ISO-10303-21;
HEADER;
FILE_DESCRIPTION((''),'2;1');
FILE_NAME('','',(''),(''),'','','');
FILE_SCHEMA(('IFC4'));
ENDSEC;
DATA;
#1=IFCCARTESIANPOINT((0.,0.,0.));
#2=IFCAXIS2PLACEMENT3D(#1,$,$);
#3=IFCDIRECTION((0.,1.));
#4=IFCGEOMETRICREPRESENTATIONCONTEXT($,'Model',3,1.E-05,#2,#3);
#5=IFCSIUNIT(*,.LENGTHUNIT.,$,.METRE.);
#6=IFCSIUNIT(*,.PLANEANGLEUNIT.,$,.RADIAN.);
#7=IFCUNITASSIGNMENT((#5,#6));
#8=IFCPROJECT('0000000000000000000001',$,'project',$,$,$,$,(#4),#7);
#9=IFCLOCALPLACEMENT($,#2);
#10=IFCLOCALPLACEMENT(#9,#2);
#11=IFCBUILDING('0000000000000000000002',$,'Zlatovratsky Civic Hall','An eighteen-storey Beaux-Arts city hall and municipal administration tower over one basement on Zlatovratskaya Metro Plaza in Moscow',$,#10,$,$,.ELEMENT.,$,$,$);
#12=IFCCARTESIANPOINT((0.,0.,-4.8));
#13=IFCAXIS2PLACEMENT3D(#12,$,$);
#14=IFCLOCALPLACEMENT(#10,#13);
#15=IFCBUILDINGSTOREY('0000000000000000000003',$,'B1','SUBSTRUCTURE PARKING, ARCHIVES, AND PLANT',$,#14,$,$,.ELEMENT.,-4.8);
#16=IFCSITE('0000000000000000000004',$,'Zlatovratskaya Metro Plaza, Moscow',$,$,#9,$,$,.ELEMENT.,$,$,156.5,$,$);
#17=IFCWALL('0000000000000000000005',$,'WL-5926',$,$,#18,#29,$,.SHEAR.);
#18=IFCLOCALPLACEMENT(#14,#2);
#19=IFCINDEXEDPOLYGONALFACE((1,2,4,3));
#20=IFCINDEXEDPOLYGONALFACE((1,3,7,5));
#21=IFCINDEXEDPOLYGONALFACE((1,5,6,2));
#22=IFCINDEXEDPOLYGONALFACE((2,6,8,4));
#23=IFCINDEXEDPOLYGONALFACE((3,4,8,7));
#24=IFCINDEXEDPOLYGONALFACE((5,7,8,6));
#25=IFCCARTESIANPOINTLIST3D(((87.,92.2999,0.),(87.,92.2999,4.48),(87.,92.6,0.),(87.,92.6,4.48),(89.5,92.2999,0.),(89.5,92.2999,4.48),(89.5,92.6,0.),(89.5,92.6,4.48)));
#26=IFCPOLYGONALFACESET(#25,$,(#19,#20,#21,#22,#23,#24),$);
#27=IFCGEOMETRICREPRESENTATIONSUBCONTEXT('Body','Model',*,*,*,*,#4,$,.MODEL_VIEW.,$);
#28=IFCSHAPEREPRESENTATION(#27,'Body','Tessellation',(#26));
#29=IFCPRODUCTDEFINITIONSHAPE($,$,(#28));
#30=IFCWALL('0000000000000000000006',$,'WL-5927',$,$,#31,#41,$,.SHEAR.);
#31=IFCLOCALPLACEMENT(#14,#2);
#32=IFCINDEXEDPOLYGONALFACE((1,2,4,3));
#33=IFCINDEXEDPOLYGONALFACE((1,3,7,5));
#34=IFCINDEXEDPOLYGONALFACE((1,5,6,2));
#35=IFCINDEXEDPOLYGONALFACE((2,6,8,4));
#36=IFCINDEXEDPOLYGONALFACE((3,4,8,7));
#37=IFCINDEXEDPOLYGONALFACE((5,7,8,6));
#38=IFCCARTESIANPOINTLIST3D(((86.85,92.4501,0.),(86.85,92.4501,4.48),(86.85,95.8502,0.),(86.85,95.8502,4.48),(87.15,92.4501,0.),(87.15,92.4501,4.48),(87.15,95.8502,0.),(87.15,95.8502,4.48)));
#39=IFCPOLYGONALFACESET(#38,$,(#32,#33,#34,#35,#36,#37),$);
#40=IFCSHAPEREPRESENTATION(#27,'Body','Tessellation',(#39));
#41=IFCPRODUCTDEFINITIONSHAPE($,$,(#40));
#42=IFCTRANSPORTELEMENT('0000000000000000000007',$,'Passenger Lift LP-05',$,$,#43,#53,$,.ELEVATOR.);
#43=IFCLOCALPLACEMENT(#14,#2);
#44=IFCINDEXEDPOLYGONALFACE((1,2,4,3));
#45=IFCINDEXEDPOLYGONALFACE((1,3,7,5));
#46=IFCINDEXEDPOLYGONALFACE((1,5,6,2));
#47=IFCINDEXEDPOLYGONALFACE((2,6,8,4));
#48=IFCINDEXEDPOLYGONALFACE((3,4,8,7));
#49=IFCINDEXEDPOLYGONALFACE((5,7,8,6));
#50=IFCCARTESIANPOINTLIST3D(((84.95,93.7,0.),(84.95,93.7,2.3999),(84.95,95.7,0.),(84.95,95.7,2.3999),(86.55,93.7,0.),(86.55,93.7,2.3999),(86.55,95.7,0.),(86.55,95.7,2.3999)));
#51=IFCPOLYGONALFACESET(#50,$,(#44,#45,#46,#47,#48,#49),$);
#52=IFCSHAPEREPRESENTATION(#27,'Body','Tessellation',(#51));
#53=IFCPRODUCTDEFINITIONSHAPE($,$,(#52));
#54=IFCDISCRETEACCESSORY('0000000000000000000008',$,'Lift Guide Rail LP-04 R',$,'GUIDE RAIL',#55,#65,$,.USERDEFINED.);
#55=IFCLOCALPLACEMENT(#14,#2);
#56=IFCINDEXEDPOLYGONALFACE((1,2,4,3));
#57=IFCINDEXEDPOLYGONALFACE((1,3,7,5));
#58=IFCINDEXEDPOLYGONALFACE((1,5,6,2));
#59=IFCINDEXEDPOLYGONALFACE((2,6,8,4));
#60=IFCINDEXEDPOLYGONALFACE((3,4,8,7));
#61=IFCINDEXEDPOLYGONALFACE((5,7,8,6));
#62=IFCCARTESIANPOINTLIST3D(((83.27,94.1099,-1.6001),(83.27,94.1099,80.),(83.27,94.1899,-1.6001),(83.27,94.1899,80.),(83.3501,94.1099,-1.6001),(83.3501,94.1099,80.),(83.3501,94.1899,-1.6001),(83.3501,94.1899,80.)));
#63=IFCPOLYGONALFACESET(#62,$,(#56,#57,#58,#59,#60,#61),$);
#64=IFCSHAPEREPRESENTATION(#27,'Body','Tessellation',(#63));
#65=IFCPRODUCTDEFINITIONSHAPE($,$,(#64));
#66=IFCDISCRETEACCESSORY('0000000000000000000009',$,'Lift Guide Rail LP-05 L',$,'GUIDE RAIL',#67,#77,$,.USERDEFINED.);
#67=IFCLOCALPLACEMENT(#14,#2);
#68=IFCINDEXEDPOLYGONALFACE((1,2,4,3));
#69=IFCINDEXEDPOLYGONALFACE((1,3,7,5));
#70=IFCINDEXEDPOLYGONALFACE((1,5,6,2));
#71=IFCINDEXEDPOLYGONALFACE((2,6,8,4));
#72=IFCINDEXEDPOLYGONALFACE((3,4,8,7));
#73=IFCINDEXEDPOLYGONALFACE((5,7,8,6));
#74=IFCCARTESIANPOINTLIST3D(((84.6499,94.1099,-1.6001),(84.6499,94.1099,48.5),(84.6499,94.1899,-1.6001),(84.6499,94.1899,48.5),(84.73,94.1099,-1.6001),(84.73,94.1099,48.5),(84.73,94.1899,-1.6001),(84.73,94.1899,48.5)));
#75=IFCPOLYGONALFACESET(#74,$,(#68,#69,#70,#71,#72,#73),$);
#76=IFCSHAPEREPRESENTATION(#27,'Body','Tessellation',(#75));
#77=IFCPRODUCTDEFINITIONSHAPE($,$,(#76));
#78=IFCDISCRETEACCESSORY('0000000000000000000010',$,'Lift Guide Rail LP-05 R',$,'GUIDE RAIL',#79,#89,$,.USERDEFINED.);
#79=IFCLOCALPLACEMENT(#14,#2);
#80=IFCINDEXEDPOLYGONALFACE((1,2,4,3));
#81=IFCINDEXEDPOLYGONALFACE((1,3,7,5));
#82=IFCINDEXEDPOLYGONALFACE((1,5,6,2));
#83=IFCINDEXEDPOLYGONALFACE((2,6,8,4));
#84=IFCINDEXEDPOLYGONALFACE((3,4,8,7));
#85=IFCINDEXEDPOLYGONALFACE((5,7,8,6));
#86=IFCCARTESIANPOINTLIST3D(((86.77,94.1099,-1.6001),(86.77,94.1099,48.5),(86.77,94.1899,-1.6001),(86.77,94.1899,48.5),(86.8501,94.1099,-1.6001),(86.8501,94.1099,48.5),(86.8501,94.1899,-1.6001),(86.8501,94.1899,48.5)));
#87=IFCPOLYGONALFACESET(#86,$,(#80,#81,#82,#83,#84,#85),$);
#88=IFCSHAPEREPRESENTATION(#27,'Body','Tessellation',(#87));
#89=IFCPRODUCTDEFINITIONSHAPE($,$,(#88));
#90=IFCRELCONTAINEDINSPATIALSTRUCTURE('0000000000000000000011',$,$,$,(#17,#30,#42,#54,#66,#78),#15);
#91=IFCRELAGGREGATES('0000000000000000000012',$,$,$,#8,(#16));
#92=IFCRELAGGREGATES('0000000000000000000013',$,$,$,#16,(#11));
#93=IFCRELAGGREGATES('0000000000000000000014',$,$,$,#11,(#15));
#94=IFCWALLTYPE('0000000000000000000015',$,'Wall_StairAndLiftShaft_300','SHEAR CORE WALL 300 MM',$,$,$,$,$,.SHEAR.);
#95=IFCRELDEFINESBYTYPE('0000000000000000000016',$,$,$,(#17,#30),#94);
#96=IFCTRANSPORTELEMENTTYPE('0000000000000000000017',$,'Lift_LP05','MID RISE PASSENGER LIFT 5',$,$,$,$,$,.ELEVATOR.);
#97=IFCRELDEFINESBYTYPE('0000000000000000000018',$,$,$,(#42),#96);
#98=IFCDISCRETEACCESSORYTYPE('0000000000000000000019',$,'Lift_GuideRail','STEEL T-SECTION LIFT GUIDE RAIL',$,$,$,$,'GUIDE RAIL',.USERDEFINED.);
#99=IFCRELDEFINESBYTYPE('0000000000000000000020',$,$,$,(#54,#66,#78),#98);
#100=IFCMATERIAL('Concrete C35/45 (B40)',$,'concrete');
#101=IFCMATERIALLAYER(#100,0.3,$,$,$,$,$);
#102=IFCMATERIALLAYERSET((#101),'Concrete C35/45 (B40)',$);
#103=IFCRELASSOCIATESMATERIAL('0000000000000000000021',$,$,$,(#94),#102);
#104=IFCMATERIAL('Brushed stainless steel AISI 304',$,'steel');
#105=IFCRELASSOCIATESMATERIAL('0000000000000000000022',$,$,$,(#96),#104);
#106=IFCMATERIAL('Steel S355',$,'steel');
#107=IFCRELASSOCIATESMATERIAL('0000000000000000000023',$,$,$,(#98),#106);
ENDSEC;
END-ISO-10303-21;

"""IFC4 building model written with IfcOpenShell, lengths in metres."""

from ifc_helpers import new_model, si_unit, direction, frame, frame_2d, origin, origin_2d, place, context, subcontext, project, spatial, rectangle, extrude, material, layer, layer_set, type_object, element, save


model = new_model("IFC4")

# Units and contexts
model_context = context("Model", 3, precision=1e-05, world=origin(), true_north=direction((0.0, 1.0)))
body_context = subcontext(model_context, "Body", "Model", "MODEL_VIEW")
ifc_project = project(units=[si_unit("LENGTHUNIT", "METRE"), si_unit("PLANEANGLEUNIT", "RADIAN")], contexts=[model_context])

# Site, building, storey
site_placement = place(None, origin())
site = spatial("IfcSite", under=ifc_project, at=site_placement, Name="Zlatovratskaya Metro Plaza, Moscow", CompositionType="ELEMENT", RefElevation=156.5)
building_placement = place(site_placement, origin())
building = spatial("IfcBuilding", under=site, at=building_placement, Name="Zlatovratsky Civic Hall", Description="An eighteen-storey Beaux-Arts city hall and municipal administration tower over one basement on Zlatovratskaya Metro Plaza in Moscow", CompositionType="ELEMENT")
storey_placement = place(building_placement, frame((0.0, 0.0, -4.8)))
storey = spatial("IfcBuildingStorey", under=building, at=storey_placement, Name="B1", Description="SUBSTRUCTURE PARKING, ARCHIVES, AND PLANT", CompositionType="ELEMENT", Elevation=-4.8)

# Shared definitions
ifc_material_1 = material(Name="Steel S355", Category="steel")

# Shared definitions
ifc_material_2 = material(Name="Concrete C35/45 (B40)", Category="concrete")
ifc_layer_1 = layer(ifc_material_2, 0.3)
ifc_layer_set_1 = layer_set([ifc_layer_1], Name="Concrete C35/45 (B40)")
wall_type_1 = type_object("IfcWallType", Name="Wall_StairAndLiftShaft_300", Description="SHEAR CORE WALL 300 MM", PredefinedType="SHEAR", material=ifc_layer_set_1)

# Shared definitions
ifc_material_3 = material(Name="Brushed stainless steel AISI 304", Category="steel")

# Walls
wall_1_placement = place(storey_placement, frame((87.0, 92.45, 0.0), z_axis=(0.0, 0.0, 1.0), x_axis=(1.0, 0.0, 0.0)))
element("IfcWall", 1, at=wall_1_placement, inside=storey, type_object=wall_type_1, Name="WL-5926", PredefinedType="SHEAR", context=body_context, shape_type="SweptSolid", body=[
    extrude(rectangle(XDim=2.5, YDim=0.3, at=frame_2d((1.25, 0.0))), origin(), (0.0, 0.0, 1.0), 4.48),
])
wall_2_placement = place(storey_placement, frame((87.0, 92.45, 0.0), z_axis=(0.0, 0.0, 1.0), x_axis=(0.0, 1.0, 0.0)))
element("IfcWall", 2, at=wall_2_placement, inside=storey, type_object=wall_type_1, Name="WL-5927", PredefinedType="SHEAR", context=body_context, shape_type="SweptSolid", body=[
    extrude(rectangle(XDim=3.4001, YDim=0.3, at=frame_2d((1.7002, 0.0))), origin(), (0.0, 0.0, 1.0), 4.48),
])

# Transport element
transport_element_type = type_object("IfcTransportElementType", Name="Lift_LP05", Description="MID RISE PASSENGER LIFT 5", PredefinedType="ELEVATOR", material=ifc_material_3)
transport_element_placement = place(storey_placement, frame((85.75, 94.7, 0.0), z_axis=(0.0, 0.0, 1.0), x_axis=(1.0, 0.0, 0.0)))
element("IfcTransportElement", 3, at=transport_element_placement, inside=storey, type_object=transport_element_type, Name="Passenger Lift LP-05", PredefinedType="ELEVATOR", context=body_context, shape_type="SweptSolid", body=[
    extrude(rectangle(XDim=1.6001, YDim=2.0, at=origin_2d()), origin(), (0.0, 0.0, 1.0), 2.3999),
])

# Discrete accessories
discrete_accessory_type = type_object("IfcDiscreteAccessoryType", Name="Lift_GuideRail", Description="STEEL T-SECTION LIFT GUIDE RAIL", ElementType="GUIDE RAIL", PredefinedType="USERDEFINED", material=ifc_material_1)
discrete_accessory_placement = place(storey_placement, frame((83.3101, 94.1499, -1.6001), z_axis=(0.0, 0.0, 1.0), x_axis=(1.0, 0.0, 0.0)))
element("IfcDiscreteAccessory", 4, at=discrete_accessory_placement, inside=storey, type_object=discrete_accessory_type, Name="Lift Guide Rail LP-04 R", ObjectType="GUIDE RAIL", PredefinedType="USERDEFINED", context=body_context, shape_type="SweptSolid", body=[
    extrude(rectangle(XDim=0.0801, YDim=0.0801, at=origin_2d()), origin(), (0.0, 0.0, 1.0), 81.6001),
])
for number, where, z_axis, x_axis, name in (
    (5, (84.6899, 94.1499, -1.6001), (0.0, 0.0, 1.0), (1.0, 0.0, 0.0), "Lift Guide Rail LP-05 L"),
    (6, (86.8101, 94.1499, -1.6001), (0.0, 0.0, 1.0), (1.0, 0.0, 0.0), "Lift Guide Rail LP-05 R"),
):
    element("IfcDiscreteAccessory", number, at=place(storey_placement, frame(where, z_axis=z_axis, x_axis=x_axis)), inside=storey, type_object=discrete_accessory_type, Name=name, ObjectType="GUIDE RAIL", PredefinedType="USERDEFINED", context=body_context, shape_type="SweptSolid", body=[
        extrude(rectangle(XDim=0.0801, YDim=0.0801, at=origin_2d()), origin(), (0.0, 0.0, 1.0), 50.1001),
    ])

save(model, "model.ifc")
